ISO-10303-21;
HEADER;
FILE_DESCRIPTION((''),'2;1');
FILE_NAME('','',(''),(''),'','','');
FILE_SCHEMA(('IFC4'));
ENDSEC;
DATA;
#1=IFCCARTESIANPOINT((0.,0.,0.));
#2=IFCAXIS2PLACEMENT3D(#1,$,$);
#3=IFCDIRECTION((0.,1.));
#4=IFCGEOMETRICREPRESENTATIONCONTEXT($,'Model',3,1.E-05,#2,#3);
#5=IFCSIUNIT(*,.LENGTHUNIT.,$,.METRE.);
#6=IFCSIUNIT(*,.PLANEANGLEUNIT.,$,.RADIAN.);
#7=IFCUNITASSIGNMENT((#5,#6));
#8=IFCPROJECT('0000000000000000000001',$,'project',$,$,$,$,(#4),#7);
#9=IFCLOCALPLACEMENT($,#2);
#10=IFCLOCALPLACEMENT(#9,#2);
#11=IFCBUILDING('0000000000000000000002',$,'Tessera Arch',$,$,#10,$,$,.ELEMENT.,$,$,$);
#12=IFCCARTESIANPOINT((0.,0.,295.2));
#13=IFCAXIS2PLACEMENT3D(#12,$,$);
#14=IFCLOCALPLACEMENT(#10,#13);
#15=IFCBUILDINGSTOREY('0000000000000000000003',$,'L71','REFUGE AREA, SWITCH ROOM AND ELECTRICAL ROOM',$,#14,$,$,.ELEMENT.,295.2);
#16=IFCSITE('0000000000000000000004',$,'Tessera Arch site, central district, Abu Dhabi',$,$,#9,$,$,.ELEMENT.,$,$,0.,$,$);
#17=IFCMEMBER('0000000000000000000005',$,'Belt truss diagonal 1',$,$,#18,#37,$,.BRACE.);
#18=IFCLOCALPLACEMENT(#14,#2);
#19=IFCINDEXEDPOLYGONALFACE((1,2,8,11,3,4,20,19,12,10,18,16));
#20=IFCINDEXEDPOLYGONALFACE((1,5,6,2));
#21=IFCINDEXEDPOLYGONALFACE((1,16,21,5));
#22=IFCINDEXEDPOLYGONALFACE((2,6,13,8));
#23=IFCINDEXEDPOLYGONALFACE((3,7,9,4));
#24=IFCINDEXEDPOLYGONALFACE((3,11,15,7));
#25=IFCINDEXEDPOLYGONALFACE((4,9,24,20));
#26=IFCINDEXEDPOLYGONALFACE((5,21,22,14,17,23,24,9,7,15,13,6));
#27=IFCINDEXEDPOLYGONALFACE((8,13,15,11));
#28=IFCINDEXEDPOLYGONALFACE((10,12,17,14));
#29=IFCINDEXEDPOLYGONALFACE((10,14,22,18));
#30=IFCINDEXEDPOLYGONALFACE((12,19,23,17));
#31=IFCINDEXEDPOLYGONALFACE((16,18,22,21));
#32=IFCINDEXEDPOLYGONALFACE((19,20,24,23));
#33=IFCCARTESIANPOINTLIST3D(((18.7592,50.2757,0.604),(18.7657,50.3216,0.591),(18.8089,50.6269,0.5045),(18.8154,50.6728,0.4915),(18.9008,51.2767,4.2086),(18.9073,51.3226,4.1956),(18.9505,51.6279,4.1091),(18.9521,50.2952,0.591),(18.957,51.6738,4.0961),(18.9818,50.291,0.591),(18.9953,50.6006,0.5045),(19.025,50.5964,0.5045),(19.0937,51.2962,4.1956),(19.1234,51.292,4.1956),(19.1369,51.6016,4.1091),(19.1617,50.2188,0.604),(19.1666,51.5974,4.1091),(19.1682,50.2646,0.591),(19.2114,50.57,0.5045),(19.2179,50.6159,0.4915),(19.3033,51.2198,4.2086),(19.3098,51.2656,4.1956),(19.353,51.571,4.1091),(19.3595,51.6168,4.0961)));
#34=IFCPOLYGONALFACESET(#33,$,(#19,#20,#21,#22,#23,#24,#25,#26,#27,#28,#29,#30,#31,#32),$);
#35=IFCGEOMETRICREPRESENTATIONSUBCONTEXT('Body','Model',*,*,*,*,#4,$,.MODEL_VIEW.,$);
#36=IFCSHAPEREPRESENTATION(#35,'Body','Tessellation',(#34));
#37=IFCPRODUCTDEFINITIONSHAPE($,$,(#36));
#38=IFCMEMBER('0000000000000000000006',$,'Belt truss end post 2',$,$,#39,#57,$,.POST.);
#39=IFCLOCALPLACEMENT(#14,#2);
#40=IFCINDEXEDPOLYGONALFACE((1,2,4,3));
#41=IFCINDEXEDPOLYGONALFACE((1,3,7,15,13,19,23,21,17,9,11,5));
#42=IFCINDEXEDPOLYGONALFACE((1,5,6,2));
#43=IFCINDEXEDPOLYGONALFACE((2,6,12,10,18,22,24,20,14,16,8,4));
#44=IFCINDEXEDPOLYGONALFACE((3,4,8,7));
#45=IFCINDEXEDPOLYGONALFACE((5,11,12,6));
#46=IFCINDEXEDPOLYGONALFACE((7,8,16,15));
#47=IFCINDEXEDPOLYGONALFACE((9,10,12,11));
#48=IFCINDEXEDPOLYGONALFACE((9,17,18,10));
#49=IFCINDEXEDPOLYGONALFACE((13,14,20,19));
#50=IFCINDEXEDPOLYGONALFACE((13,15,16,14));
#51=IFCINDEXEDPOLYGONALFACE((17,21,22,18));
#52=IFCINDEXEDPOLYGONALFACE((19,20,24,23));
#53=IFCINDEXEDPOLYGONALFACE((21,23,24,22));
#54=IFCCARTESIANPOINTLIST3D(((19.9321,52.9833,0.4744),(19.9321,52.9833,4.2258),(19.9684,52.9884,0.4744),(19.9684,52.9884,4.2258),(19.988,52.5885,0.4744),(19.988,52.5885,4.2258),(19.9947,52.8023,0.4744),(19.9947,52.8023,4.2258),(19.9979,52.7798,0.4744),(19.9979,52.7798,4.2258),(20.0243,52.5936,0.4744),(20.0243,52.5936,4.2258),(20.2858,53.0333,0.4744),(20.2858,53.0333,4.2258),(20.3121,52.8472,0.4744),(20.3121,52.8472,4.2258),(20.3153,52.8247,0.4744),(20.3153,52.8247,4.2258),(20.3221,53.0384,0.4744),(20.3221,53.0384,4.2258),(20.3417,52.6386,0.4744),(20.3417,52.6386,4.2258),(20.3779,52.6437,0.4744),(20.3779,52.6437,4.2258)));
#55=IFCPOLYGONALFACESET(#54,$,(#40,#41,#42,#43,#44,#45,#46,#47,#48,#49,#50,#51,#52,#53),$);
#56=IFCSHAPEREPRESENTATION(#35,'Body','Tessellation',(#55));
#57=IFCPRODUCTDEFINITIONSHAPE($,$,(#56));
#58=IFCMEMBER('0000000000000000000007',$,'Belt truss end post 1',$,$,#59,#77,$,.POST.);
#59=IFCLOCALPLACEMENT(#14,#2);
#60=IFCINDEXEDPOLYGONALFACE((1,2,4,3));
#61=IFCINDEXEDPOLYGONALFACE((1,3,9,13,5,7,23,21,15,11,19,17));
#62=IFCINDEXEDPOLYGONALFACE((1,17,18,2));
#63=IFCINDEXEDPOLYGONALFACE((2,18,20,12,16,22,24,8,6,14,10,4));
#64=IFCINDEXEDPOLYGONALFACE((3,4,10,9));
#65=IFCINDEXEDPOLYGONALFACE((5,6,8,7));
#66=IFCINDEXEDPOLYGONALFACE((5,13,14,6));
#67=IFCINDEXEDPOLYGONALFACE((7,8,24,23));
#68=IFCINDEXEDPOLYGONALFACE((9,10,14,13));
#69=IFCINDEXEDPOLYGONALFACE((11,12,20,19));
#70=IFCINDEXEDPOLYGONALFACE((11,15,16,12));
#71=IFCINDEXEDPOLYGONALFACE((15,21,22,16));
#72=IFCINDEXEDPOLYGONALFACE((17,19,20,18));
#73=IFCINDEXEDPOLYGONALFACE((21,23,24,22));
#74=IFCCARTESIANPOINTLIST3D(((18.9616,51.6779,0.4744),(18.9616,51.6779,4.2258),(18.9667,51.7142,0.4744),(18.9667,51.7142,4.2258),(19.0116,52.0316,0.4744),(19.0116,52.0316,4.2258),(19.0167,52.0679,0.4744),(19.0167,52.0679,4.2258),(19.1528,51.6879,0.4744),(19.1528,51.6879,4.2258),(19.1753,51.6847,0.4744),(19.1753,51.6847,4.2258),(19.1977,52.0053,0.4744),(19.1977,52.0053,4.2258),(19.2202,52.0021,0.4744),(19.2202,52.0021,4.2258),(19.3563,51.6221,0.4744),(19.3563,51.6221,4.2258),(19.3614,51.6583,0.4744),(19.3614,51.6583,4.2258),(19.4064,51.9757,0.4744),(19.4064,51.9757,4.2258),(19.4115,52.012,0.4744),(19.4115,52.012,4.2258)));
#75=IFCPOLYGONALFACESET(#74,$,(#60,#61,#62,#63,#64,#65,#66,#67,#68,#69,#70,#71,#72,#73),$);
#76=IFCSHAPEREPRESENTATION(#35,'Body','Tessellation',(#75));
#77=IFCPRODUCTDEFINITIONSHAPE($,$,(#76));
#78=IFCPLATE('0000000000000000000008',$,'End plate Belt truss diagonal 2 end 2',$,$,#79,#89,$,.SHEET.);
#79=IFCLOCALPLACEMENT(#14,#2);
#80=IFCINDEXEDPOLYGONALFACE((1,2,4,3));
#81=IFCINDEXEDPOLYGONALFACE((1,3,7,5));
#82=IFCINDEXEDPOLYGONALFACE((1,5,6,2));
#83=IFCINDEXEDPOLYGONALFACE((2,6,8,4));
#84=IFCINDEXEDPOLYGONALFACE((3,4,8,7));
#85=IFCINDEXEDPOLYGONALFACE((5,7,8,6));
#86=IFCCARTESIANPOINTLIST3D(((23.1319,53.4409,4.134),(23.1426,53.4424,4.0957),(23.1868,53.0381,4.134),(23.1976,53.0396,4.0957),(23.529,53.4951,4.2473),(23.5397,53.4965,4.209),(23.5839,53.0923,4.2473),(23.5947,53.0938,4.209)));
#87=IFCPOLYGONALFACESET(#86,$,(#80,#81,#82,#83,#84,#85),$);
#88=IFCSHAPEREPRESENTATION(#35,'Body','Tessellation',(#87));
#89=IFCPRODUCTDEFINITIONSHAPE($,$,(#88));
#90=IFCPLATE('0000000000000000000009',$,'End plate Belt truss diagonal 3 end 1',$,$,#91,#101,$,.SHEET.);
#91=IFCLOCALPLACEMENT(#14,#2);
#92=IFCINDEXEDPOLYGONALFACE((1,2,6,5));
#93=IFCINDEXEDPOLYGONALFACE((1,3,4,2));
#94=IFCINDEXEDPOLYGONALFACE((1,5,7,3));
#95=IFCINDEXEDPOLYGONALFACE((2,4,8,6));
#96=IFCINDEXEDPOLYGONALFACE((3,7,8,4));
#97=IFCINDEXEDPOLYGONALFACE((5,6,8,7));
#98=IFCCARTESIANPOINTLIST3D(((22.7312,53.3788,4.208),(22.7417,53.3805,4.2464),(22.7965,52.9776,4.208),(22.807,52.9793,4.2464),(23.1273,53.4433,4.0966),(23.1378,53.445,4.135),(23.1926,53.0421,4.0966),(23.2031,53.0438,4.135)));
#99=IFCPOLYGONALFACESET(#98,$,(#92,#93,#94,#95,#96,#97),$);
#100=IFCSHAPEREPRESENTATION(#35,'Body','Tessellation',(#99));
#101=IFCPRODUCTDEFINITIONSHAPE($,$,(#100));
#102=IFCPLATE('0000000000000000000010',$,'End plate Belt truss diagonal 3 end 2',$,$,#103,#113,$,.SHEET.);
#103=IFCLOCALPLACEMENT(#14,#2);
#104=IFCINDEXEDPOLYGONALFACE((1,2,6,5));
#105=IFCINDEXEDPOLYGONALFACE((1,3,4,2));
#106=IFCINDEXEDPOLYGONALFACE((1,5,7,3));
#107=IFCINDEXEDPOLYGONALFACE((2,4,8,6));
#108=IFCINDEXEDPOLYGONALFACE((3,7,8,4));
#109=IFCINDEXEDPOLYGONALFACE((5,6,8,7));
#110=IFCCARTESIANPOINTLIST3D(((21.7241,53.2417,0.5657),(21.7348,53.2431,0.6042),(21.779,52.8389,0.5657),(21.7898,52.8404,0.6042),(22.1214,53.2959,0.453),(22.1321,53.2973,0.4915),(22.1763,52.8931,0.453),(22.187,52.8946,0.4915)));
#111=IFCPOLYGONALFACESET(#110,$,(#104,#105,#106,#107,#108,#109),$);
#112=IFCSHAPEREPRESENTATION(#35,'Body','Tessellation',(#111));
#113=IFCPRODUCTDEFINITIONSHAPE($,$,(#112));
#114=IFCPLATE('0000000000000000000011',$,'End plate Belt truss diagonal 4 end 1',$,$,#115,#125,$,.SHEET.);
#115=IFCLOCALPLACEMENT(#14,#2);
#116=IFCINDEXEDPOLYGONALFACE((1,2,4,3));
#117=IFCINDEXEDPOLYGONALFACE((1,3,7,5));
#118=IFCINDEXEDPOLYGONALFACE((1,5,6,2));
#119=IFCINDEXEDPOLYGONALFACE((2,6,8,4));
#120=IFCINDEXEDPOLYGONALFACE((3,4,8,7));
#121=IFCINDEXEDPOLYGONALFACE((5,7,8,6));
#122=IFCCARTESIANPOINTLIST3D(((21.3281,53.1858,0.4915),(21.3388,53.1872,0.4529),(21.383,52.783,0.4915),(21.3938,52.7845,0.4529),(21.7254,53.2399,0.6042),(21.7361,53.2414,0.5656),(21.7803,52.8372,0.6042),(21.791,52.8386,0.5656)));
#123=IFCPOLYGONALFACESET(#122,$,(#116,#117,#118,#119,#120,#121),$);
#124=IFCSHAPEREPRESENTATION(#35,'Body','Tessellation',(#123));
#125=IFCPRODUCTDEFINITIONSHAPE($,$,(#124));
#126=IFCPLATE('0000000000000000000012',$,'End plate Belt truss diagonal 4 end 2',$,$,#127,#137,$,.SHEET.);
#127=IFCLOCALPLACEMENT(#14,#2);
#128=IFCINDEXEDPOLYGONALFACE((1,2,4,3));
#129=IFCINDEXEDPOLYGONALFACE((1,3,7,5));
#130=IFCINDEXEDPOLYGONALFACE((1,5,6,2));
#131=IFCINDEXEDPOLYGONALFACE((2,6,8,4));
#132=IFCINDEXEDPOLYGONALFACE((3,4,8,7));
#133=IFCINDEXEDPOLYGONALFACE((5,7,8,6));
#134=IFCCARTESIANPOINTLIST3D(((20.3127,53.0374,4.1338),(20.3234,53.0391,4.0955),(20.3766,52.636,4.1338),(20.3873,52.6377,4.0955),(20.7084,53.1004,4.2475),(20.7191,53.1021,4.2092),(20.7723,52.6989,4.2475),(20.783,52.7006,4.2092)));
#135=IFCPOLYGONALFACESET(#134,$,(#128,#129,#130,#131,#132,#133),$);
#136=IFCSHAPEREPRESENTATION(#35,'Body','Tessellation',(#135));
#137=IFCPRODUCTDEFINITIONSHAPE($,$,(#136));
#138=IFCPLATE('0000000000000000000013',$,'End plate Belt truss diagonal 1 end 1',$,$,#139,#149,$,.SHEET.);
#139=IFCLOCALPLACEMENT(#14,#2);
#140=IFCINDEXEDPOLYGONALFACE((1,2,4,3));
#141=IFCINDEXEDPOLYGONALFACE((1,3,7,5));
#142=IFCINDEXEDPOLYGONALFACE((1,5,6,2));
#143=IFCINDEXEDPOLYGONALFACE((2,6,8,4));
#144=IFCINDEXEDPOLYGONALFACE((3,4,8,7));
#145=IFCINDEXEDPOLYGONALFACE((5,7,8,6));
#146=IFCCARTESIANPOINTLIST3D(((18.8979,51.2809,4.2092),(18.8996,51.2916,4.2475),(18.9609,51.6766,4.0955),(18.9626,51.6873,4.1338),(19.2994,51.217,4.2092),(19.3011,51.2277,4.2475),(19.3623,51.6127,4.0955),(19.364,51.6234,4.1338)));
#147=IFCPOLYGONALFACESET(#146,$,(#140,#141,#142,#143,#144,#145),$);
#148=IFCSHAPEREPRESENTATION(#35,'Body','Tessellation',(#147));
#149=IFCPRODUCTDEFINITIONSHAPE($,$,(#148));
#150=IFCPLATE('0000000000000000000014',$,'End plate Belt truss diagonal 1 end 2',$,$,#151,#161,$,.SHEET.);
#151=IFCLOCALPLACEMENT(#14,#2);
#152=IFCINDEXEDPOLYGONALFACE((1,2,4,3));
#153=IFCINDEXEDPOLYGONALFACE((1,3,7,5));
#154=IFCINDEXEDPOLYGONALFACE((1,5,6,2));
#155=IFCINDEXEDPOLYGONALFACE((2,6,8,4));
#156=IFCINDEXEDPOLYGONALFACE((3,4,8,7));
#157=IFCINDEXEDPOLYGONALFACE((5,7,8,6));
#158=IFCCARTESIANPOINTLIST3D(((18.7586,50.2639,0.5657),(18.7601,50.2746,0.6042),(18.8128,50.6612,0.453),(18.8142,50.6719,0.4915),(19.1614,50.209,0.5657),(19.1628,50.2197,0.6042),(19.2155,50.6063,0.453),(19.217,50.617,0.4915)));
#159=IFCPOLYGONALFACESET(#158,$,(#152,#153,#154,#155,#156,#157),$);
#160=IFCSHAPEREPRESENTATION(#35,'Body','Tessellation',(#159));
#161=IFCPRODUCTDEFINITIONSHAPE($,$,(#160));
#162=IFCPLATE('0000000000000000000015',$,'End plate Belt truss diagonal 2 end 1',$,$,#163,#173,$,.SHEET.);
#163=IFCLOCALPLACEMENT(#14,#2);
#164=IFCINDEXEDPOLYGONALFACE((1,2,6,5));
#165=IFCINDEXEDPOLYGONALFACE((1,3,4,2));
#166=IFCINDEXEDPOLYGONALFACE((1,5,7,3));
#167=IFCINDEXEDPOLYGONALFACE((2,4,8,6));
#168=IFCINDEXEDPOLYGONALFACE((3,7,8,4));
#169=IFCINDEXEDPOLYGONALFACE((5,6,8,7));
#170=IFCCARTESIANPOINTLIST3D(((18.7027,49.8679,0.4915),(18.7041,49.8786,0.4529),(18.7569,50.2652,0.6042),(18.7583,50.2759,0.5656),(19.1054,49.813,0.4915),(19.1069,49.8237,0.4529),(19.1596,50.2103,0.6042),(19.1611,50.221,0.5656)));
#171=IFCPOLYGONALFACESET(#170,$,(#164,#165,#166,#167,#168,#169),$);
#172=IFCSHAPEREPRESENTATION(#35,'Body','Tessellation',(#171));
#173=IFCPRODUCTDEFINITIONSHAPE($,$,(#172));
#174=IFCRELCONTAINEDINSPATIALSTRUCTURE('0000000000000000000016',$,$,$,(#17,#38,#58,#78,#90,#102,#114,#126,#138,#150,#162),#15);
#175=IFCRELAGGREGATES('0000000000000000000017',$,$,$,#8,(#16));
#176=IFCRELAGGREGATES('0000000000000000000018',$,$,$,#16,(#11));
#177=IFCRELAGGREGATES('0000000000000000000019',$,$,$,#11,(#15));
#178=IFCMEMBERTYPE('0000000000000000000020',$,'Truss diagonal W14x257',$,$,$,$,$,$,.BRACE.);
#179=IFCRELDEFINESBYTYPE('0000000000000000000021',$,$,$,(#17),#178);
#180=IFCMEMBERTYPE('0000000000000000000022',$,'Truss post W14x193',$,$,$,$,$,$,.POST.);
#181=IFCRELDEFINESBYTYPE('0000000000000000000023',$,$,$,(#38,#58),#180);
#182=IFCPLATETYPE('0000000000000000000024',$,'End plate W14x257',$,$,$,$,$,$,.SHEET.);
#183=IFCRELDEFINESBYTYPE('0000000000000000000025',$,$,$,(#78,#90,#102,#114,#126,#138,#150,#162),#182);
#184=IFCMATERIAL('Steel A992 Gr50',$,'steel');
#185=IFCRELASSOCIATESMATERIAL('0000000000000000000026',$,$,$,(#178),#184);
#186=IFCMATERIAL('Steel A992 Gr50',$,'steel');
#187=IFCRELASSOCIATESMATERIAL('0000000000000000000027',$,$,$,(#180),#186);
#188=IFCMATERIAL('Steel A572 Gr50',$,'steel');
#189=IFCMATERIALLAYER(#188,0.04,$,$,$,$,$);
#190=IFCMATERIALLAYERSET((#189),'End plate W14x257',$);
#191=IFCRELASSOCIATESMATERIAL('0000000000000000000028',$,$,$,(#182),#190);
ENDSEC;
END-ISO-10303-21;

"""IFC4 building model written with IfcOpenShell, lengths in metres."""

from ifc_helpers import new_model, si_unit, direction, frame, origin, origin_2d, place, context, subcontext, project, spatial, rectangle, i_section, extrude, material, layer, layer_set, material_profile, profile_set, type_object, element, save


model = new_model("IFC4")

# Units and contexts
model_context = context("Model", 3, precision=1e-05, world=origin(), true_north=direction((0.0, 1.0)))
body_context = subcontext(model_context, "Body", "Model", "MODEL_VIEW")
ifc_project = project(units=[si_unit("LENGTHUNIT", "METRE"), si_unit("PLANEANGLEUNIT", "RADIAN")], contexts=[model_context])

# Site, building, storey
site_placement = place(None, origin())
site = spatial("IfcSite", under=ifc_project, at=site_placement, Name="Tessera Arch site, central district, Abu Dhabi", CompositionType="ELEMENT", RefElevation=0.0)
building_placement = place(site_placement, origin())
building = spatial("IfcBuilding", under=site, at=building_placement, Name="Tessera Arch", CompositionType="ELEMENT")
storey_placement = place(building_placement, frame((0.0, 0.0, 295.2)))
storey = spatial("IfcBuildingStorey", under=building, at=storey_placement, Name="L71", Description="REFUGE AREA, SWITCH ROOM AND ELECTRICAL ROOM", CompositionType="ELEMENT", Elevation=295.2)

# Members
ifc_material_1 = material(Name="Steel A992 Gr50", Category="steel")
ifc_material_profile_1 = material_profile(ifc_material_1, i_section(OverallWidth=0.4065, OverallDepth=0.4165, WebThickness=0.03, FlangeThickness=0.0481, at=origin_2d()), Name="W14x257")
ifc_profile_set_1 = profile_set([ifc_material_profile_1], Name="Steel A992 Gr50")
member_type_1 = type_object("IfcMemberType", Name="Truss diagonal W14x257", PredefinedType="BRACE", material=ifc_profile_set_1)
for number, where, z_axis, x_axis, name in (
    (1, (19.1301, 51.4468, 4.1523), (-0.037825, -0.267385, -0.962847), (0.990142, -0.140069, 0.0), "Belt truss diagonal 1"),
):
    element("IfcMember", number, at=place(storey_placement, frame(where, z_axis=z_axis, x_axis=x_axis)), inside=storey, type_object=member_type_1, Name=name, PredefinedType="BRACE", context=body_context, shape_type="SweptSolid", body=[
        extrude(i_section(OverallWidth=0.4065, OverallDepth=0.4165, WebThickness=0.03, FlangeThickness=0.0481, at=origin_2d()), origin(), (0.0, 0.0, 1.0), 3.7437),
    ])
ifc_material_2 = material(Name="Steel A992 Gr50", Category="steel")
ifc_material_profile_2 = material_profile(ifc_material_2, i_section(OverallWidth=0.3987, OverallDepth=0.3938, WebThickness=0.0227, FlangeThickness=0.0366, at=origin_2d()), Name="W14x193")
ifc_profile_set_2 = profile_set([ifc_material_profile_2], Name="Steel A992 Gr50")
member_type_2 = type_object("IfcMemberType", Name="Truss post W14x193", PredefinedType="POST", material=ifc_profile_set_2)
for number, where, z_axis, x_axis, name in (
    (2, (20.155, 52.8135, 0.4744), (0.0, 0.0, 1.0), (-0.140089, 0.990139, 0.0), "Belt truss end post 2"),
    (3, (19.1865, 51.845, 0.4744), (0.0, 0.0, 1.0), (-0.990139, 0.140089, 0.0), "Belt truss end post 1"),
):
    element("IfcMember", number, at=place(storey_placement, frame(where, z_axis=z_axis, x_axis=x_axis)), inside=storey, type_object=member_type_2, Name=name, PredefinedType="POST", context=body_context, shape_type="SweptSolid", body=[
        extrude(i_section(OverallWidth=0.3987, OverallDepth=0.3938, WebThickness=0.0227, FlangeThickness=0.0366, at=origin_2d()), origin(), (0.0, 0.0, 1.0), 3.7515),
    ])

# Plates
ifc_material_3 = material(Name="Steel A572 Gr50", Category="steel")
ifc_layer = layer(ifc_material_3, 0.04)
ifc_layer_set = layer_set([ifc_layer], Name="End plate W14x257")
plate_type = type_object("IfcPlateType", Name="End plate W14x257", PredefinedType="SHEET", material=ifc_layer_set)
for number, where, z_axis, x_axis, name in (
    (4, (23.3687, 53.2681, 4.1523), (-0.269675, -0.036774, 0.962249), (0.135113, -0.99083, 0.0), "End plate Belt truss diagonal 2 end 2"),
    (5, (22.9724, 53.2122, 4.1907), (-0.263913, -0.042963, -0.963589), (0.160676, -0.987007, 0.0), "End plate Belt truss diagonal 3 end 1"),
):
    element("IfcPlate", number, at=place(storey_placement, frame(where, z_axis=z_axis, x_axis=x_axis)), inside=storey, type_object=plate_type, Name=name, PredefinedType="SHEET", context=body_context, shape_type="SweptSolid", body=[
        extrude(rectangle(XDim=0.4065, YDim=0.4165, at=origin_2d()), origin(), (0.0, 0.0, 1.0), 0.0398),
    ])
for number, where, z_axis, x_axis, name in (
    (6, (21.9609, 53.0688, 0.5479), (-0.268093, -0.036558, -0.962699), (0.135113, -0.99083, 0.0), "End plate Belt truss diagonal 3 end 2"),
    (7, (21.5649, 53.0129, 0.5093), (-0.268093, -0.036558, 0.962699), (0.135113, -0.99083, 0.0), "End plate Belt truss diagonal 4 end 1"),
):
    element("IfcPlate", number, at=place(storey_placement, frame(where, z_axis=z_axis, x_axis=x_axis)), inside=storey, type_object=plate_type, Name=name, PredefinedType="SHEET", context=body_context, shape_type="SweptSolid", body=[
        extrude(rectangle(XDim=0.4065, YDim=0.4165, at=origin_2d()), origin(), (0.0, 0.0, 1.0), 0.04),
    ])
for number, where, z_axis, x_axis, name in (
    (8, (20.5532, 52.8699, 4.1523), (-0.269609, -0.042892, 0.962014), (0.157115, -0.98758, 0.0), "End plate Belt truss diagonal 4 end 2"),
    (9, (19.1318, 51.4575, 4.1907), (-0.042892, -0.269609, -0.962014), (0.98758, -0.157115, 0.0), "End plate Belt truss diagonal 1 end 1"),
):
    element("IfcPlate", number, at=place(storey_placement, frame(where, z_axis=z_axis, x_axis=x_axis)), inside=storey, type_object=plate_type, Name=name, PredefinedType="SHEET", context=body_context, shape_type="SweptSolid", body=[
        extrude(rectangle(XDim=0.4065, YDim=0.4165, at=origin_2d()), origin(), (0.0, 0.0, 1.0), 0.0398),
    ])
for number, where, z_axis, x_axis, name in (
    (10, (18.9885, 50.4458, 0.5479), (-0.036558, -0.268093, -0.962699), (0.99083, -0.135113, 0.0), "End plate Belt truss diagonal 1 end 2"),
    (11, (18.9326, 50.0498, 0.5093), (-0.036558, -0.268093, 0.962699), (0.99083, -0.135113, 0.0), "End plate Belt truss diagonal 2 end 1"),
):
    element("IfcPlate", number, at=place(storey_placement, frame(where, z_axis=z_axis, x_axis=x_axis)), inside=storey, type_object=plate_type, Name=name, PredefinedType="SHEET", context=body_context, shape_type="SweptSolid", body=[
        extrude(rectangle(XDim=0.4065, YDim=0.4165, at=origin_2d()), origin(), (0.0, 0.0, 1.0), 0.04),
    ])

save(model, "model.ifc")
